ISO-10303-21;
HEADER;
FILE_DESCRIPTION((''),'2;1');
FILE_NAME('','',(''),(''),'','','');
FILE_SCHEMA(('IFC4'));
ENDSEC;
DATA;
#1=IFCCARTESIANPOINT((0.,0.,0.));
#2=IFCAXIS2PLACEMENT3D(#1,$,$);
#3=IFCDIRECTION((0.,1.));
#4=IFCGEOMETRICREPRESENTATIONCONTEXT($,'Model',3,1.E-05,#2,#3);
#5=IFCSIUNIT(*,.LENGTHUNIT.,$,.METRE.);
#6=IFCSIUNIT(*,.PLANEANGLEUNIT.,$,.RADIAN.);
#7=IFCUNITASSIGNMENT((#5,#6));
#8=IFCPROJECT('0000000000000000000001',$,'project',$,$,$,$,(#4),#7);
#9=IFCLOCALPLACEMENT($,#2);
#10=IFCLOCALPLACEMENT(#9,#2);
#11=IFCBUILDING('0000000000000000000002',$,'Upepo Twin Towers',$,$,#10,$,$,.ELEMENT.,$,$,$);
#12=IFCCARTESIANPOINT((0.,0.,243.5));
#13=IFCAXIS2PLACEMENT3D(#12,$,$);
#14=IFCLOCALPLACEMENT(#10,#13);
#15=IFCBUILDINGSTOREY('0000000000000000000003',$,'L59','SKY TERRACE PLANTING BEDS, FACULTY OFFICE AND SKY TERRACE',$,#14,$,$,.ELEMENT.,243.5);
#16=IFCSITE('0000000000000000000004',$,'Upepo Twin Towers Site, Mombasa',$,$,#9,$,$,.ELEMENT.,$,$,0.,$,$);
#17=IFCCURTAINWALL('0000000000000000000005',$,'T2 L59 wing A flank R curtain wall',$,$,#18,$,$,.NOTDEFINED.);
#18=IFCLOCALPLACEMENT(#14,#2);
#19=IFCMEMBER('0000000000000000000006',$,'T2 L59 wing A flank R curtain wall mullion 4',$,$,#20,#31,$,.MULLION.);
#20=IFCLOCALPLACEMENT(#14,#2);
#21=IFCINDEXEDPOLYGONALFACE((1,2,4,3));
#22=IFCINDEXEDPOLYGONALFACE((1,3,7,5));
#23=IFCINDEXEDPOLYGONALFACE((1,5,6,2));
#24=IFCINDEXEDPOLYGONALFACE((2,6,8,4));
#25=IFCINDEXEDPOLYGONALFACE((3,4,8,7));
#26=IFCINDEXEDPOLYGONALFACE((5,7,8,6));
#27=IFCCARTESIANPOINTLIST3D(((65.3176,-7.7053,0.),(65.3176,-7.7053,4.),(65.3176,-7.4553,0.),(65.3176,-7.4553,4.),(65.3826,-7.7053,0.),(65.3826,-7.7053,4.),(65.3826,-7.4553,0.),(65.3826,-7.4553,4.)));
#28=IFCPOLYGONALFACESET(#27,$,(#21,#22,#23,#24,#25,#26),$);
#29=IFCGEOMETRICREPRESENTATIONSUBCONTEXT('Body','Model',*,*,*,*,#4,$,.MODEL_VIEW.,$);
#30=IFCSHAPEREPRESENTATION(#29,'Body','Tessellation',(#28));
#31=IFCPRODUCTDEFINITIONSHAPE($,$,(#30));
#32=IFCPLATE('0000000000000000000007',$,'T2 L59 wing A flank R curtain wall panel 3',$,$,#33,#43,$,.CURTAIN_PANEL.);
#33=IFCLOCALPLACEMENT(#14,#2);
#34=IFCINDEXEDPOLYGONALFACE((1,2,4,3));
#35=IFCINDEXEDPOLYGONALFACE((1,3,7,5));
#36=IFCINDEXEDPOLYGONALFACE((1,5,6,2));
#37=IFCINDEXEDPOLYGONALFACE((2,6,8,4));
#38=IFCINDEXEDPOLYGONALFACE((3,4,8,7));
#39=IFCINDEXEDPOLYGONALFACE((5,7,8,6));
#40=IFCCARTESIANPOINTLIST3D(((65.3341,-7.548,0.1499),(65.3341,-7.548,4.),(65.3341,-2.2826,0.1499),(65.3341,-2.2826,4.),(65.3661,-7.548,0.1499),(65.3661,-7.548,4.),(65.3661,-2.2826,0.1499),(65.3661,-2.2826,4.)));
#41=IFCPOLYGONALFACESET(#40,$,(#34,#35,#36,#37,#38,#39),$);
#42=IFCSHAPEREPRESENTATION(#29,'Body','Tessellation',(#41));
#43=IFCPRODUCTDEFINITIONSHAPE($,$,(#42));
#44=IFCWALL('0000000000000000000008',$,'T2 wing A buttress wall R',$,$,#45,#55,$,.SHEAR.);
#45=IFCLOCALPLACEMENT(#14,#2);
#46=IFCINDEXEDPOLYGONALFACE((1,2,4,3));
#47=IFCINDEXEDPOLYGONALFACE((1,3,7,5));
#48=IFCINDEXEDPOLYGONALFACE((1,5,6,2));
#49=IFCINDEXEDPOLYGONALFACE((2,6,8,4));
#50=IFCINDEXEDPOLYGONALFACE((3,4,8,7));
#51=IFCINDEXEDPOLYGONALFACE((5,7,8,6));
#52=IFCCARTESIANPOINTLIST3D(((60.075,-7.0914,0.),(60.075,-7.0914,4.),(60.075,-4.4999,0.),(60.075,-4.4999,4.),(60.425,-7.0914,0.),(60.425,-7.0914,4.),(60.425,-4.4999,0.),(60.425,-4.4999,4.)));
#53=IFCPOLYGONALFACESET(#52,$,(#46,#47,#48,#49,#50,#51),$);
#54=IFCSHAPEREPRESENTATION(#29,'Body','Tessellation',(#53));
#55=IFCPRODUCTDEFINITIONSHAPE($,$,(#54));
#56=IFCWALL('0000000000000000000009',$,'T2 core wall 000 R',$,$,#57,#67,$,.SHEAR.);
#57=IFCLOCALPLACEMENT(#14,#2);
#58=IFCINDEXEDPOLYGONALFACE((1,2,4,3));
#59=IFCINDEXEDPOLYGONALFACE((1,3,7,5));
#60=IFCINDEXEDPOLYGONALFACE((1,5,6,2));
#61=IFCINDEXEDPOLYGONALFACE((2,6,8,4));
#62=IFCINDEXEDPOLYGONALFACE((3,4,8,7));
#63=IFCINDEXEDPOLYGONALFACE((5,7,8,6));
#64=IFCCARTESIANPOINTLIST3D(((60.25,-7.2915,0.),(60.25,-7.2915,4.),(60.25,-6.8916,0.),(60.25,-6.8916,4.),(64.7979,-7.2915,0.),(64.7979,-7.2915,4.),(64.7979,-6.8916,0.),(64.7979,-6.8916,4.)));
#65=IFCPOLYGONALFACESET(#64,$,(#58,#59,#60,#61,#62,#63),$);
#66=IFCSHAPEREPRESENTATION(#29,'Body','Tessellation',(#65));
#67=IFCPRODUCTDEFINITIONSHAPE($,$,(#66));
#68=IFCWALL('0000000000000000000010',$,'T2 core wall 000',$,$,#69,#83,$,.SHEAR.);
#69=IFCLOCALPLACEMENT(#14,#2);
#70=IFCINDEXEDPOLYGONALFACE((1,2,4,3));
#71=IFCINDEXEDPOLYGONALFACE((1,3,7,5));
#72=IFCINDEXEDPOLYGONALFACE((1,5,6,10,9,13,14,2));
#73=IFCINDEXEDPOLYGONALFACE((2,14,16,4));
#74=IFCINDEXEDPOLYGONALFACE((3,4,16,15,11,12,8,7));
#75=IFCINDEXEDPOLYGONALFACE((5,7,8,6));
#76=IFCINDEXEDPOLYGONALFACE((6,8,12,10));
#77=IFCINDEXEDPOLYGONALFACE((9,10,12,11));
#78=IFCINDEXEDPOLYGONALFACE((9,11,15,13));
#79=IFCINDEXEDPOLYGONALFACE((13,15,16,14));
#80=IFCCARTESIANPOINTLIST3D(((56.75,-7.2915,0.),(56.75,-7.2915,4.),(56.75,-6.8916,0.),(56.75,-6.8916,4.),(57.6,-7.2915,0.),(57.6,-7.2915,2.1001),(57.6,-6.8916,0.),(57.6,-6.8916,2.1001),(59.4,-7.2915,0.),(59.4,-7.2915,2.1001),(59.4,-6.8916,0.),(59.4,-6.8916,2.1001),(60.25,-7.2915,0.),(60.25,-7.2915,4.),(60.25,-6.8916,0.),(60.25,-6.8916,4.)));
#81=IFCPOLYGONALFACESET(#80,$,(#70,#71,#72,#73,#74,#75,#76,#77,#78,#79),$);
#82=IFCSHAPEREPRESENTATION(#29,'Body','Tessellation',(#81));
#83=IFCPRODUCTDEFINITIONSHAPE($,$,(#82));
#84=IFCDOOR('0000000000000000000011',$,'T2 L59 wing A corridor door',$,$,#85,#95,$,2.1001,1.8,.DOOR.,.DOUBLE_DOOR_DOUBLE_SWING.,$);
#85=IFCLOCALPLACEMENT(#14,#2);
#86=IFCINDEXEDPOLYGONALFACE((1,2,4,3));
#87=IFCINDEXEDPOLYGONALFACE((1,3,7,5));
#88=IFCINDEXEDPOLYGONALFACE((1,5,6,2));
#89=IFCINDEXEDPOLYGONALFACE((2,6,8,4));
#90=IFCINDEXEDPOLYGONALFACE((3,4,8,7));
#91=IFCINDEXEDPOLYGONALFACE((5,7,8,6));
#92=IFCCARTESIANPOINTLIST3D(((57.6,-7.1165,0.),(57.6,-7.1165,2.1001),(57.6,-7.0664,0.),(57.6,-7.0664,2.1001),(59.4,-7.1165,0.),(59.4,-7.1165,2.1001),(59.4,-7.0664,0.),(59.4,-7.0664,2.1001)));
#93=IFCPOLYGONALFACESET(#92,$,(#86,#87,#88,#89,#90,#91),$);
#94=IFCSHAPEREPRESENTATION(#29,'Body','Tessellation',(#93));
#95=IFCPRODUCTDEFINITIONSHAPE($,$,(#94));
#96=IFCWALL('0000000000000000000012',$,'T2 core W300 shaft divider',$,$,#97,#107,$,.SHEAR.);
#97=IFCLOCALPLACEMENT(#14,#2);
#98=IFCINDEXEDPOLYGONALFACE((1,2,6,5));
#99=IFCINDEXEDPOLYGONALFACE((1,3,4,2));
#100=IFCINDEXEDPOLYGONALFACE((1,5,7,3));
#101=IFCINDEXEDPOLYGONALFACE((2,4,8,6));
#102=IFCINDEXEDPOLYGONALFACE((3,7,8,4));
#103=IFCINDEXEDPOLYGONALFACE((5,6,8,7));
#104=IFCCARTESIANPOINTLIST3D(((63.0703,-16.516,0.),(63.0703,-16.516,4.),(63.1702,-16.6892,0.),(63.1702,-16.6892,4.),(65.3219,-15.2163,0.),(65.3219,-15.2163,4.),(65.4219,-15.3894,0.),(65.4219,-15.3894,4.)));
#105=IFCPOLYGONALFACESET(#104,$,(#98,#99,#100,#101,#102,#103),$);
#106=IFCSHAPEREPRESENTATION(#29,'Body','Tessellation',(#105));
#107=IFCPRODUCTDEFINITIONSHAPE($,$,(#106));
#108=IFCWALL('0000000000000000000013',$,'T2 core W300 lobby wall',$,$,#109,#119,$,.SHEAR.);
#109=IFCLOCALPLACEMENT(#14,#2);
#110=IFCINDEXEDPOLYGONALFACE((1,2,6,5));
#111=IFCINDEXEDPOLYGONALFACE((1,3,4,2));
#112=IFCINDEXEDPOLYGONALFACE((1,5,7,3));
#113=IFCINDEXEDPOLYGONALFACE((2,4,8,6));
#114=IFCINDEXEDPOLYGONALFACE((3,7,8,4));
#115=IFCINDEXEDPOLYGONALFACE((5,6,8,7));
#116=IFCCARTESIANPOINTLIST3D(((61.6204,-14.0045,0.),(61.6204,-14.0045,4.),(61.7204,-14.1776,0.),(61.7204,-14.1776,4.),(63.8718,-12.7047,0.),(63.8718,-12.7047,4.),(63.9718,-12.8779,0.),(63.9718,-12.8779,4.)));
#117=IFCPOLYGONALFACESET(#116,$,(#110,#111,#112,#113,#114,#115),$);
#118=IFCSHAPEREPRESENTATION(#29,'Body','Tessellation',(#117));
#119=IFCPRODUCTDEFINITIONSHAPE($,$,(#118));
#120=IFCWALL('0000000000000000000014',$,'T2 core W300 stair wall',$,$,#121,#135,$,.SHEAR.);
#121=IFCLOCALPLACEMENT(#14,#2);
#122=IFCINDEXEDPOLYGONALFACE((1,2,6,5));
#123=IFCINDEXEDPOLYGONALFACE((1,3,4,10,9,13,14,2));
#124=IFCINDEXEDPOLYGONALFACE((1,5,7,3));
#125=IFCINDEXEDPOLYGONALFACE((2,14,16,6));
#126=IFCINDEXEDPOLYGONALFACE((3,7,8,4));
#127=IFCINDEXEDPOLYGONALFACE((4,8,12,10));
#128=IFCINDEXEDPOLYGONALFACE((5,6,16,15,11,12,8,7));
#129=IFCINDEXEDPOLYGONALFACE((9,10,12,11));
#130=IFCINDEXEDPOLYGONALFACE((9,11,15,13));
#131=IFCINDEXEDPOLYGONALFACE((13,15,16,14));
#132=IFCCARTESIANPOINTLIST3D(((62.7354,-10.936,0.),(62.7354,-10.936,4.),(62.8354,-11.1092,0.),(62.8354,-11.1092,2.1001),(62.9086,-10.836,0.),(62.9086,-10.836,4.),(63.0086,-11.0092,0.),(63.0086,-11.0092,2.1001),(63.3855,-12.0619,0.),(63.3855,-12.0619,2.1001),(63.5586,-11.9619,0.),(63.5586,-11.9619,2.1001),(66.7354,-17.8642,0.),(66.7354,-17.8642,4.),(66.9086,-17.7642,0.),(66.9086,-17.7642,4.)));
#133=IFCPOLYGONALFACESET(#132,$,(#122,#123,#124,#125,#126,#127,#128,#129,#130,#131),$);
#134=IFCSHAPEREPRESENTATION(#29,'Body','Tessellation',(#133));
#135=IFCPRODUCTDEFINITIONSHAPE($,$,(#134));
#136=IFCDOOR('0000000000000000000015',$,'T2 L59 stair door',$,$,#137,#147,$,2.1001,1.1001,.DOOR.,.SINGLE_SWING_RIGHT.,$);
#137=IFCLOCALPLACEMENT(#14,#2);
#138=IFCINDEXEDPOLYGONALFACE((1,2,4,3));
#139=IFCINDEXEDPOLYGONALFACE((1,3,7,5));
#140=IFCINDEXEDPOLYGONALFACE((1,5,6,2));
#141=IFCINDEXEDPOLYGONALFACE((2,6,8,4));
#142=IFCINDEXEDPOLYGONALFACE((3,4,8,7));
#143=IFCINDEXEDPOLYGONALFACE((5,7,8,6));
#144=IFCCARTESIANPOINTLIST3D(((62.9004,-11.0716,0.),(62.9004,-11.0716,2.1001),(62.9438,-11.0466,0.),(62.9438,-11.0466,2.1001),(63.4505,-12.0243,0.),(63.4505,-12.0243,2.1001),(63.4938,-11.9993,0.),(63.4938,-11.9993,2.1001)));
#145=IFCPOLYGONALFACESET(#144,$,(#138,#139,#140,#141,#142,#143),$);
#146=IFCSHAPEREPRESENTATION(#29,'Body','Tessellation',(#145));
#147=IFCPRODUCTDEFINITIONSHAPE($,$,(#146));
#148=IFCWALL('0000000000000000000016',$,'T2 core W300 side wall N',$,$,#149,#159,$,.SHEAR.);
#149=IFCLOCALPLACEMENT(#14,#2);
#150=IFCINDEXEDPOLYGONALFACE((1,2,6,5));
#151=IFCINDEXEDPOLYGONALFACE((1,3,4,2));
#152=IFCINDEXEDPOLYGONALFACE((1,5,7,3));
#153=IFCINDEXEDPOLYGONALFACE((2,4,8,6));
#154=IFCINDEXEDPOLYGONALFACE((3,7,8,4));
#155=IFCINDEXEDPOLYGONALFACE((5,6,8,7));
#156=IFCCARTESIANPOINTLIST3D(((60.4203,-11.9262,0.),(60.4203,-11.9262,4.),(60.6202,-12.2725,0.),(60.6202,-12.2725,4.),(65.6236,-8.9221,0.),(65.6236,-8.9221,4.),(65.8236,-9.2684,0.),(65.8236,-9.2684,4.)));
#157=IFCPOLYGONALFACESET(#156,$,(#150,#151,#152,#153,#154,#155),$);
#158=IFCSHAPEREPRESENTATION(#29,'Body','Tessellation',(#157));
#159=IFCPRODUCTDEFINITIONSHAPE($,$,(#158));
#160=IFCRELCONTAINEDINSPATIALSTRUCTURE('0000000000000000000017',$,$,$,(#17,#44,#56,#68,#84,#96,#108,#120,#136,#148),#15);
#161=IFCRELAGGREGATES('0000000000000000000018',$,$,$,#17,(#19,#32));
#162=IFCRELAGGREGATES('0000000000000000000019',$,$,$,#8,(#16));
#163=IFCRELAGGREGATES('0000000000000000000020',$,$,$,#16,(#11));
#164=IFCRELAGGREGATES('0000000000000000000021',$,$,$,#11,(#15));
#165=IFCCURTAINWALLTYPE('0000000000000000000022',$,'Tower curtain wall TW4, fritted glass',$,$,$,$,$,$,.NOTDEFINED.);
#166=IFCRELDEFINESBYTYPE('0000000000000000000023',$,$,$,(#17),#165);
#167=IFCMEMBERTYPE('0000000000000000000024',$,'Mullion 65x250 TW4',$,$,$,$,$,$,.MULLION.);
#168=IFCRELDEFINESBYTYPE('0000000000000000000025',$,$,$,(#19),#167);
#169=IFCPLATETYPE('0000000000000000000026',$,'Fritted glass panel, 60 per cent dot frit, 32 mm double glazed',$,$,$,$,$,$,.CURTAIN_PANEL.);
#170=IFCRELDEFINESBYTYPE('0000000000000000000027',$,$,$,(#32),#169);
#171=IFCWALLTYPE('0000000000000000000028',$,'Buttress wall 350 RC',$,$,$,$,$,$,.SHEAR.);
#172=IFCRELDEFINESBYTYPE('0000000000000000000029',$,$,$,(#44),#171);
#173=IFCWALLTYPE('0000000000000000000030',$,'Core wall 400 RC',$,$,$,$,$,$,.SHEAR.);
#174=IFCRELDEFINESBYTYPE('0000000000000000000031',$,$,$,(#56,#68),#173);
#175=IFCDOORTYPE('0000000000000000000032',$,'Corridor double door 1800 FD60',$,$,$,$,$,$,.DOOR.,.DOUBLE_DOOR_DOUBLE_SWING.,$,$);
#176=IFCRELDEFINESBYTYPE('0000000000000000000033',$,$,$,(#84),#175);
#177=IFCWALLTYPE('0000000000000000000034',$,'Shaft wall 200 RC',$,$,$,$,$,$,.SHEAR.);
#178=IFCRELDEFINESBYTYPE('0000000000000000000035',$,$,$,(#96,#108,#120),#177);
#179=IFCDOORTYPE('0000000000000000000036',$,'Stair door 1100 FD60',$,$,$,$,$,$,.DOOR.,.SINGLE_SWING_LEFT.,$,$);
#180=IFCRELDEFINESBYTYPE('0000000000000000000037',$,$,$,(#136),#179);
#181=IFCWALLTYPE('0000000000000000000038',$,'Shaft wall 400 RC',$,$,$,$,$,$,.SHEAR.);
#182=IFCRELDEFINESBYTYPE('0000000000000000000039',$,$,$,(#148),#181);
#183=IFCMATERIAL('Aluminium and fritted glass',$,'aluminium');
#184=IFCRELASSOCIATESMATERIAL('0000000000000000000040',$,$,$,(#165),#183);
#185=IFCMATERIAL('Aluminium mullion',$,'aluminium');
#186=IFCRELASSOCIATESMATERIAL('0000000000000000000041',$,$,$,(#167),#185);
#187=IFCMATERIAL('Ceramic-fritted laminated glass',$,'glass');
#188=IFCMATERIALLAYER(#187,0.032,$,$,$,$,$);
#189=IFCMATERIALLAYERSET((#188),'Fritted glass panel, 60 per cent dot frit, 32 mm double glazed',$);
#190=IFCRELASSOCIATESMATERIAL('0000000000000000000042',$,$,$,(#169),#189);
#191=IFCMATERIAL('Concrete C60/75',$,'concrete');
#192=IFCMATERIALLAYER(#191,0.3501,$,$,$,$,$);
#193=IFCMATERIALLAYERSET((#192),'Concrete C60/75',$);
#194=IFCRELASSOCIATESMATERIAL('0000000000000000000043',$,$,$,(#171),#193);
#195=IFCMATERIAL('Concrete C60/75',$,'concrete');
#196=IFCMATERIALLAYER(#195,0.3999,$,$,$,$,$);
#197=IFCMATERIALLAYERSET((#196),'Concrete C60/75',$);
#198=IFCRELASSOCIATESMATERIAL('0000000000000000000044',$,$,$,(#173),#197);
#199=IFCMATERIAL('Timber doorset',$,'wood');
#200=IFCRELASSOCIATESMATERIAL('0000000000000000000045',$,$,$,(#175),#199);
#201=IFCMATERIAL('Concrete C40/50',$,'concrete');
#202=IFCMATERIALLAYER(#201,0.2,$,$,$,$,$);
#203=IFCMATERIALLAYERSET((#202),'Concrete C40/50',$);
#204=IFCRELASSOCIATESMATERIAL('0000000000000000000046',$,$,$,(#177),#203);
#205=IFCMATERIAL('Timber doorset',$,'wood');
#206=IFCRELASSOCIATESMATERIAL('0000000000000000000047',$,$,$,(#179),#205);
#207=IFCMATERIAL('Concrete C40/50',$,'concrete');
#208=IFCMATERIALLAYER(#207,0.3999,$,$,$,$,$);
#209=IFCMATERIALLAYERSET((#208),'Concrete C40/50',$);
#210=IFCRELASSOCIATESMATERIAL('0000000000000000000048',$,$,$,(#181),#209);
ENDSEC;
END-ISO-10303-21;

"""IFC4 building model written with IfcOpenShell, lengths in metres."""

from ifc_helpers import new_model, si_unit, direction, frame, frame_2d, origin, origin_2d, place, context, subcontext, project, spatial, rectangle, extrude, material, layer, layer_set, material_profile, profile_set, type_object, element, fill, aggregate, save


model = new_model("IFC4")

# Units and contexts
model_context = context("Model", 3, precision=1e-05, world=origin(), true_north=direction((0.0, 1.0)))
body_context = subcontext(model_context, "Body", "Model", "MODEL_VIEW")
ifc_project = project(units=[si_unit("LENGTHUNIT", "METRE"), si_unit("PLANEANGLEUNIT", "RADIAN")], contexts=[model_context])

# Site, building, storey
site_placement = place(None, origin())
site = spatial("IfcSite", under=ifc_project, at=site_placement, Name="Upepo Twin Towers Site, Mombasa", CompositionType="ELEMENT", RefElevation=0.0)
building_placement = place(site_placement, origin())
building = spatial("IfcBuilding", under=site, at=building_placement, Name="Upepo Twin Towers", CompositionType="ELEMENT")
storey_placement = place(building_placement, frame((0.0, 0.0, 243.5)))
storey = spatial("IfcBuildingStorey", under=building, at=storey_placement, Name="L59", Description="SKY TERRACE PLANTING BEDS, FACULTY OFFICE AND SKY TERRACE", CompositionType="ELEMENT", Elevation=243.5)

# Curtain wall, member, plate
ifc_material_1 = material(Name="Aluminium and fritted glass", Category="aluminium")
curtain_wall_type = type_object("IfcCurtainWallType", Name="Tower curtain wall TW4, fritted glass", PredefinedType="NOTDEFINED", material=ifc_material_1)
curtain_wall_placement = place(storey_placement, origin())
curtain_wall = element("IfcCurtainWall", 1, at=curtain_wall_placement, inside=storey, type_object=curtain_wall_type, Name="T2 L59 wing A flank R curtain wall", PredefinedType="NOTDEFINED")
ifc_material_2 = material(Name="Aluminium mullion", Category="aluminium")
ifc_material_profile = material_profile(ifc_material_2, rectangle(XDim=0.0649, YDim=0.25, at=origin_2d()), Name="MULLION 65x250")
ifc_profile_set = profile_set([ifc_material_profile], Name="Aluminium mullion")
member_type = type_object("IfcMemberType", Name="Mullion 65x250 TW4", PredefinedType="MULLION", material=ifc_profile_set)
member_placement = place(storey_placement, frame((65.3501, -7.5803, 0.0), z_axis=(0.0, 0.0, 1.0), x_axis=(1.0, 0.0, 0.0)))
member = element("IfcMember", 2, at=member_placement, type_object=member_type, Name="T2 L59 wing A flank R curtain wall mullion 4", PredefinedType="MULLION", context=body_context, shape_type="SweptSolid", body=[
    extrude(rectangle(XDim=0.0649, YDim=0.25, at=origin_2d()), origin(), (0.0, 0.0, 1.0), 4.0),
])
ifc_material_3 = material(Name="Ceramic-fritted laminated glass", Category="glass")
ifc_layer_1 = layer(ifc_material_3, 0.032)
ifc_layer_set_1 = layer_set([ifc_layer_1], Name="Fritted glass panel, 60 per cent dot frit, 32 mm double glazed")
plate_type = type_object("IfcPlateType", Name="Fritted glass panel, 60 per cent dot frit, 32 mm double glazed", PredefinedType="CURTAIN_PANEL", material=ifc_layer_set_1)
plate_placement = place(storey_placement, frame((65.3501, -4.9153, 0.1499), z_axis=(0.0, 0.0, 1.0), x_axis=(0.0, -1.0, 0.0)))
plate = element("IfcPlate", 3, at=plate_placement, type_object=plate_type, Name="T2 L59 wing A flank R curtain wall panel 3", PredefinedType="CURTAIN_PANEL", context=body_context, shape_type="SweptSolid", body=[
    extrude(rectangle(XDim=5.2654, YDim=0.032, at=origin_2d()), origin(), (0.0, 0.0, 1.0), 3.8501),
])
aggregate(curtain_wall, [member, plate])

# Walls
ifc_material_4 = material(Name="Concrete C60/75", Category="concrete")
ifc_layer_2 = layer(ifc_material_4, 0.3501)
ifc_layer_set_2 = layer_set([ifc_layer_2], Name="Concrete C60/75")
wall_type_1 = type_object("IfcWallType", Name="Buttress wall 350 RC", PredefinedType="SHEAR", material=ifc_layer_set_2)
wall_1_placement = place(storey_placement, frame((60.25, -7.0916, 0.0), z_axis=(0.0, 0.0, 1.0), x_axis=(0.0, 1.0, 0.0)))
element("IfcWall", 4, at=wall_1_placement, inside=storey, type_object=wall_type_1, Name="T2 wing A buttress wall R", PredefinedType="SHEAR", context=body_context, shape_type="SweptSolid", body=[
    extrude(rectangle(XDim=2.5916, YDim=0.3501, at=frame_2d((1.2959, 0.0))), origin(), (0.0, 0.0, 1.0), 4.0),
])
ifc_material_5 = material(Name="Concrete C60/75", Category="concrete")
ifc_layer_3 = layer(ifc_material_5, 0.3999)
ifc_layer_set_3 = layer_set([ifc_layer_3], Name="Concrete C60/75")
wall_type_2 = type_object("IfcWallType", Name="Core wall 400 RC", PredefinedType="SHEAR", material=ifc_layer_set_3)
wall_2_placement = place(storey_placement, frame((64.7979, -7.0916, 0.0), z_axis=(0.0, 0.0, 1.0), x_axis=(-1.0, 0.0, 0.0)))
element("IfcWall", 5, at=wall_2_placement, inside=storey, type_object=wall_type_2, Name="T2 core wall 000 R", PredefinedType="SHEAR", context=body_context, shape_type="SweptSolid", body=[
    extrude(rectangle(XDim=4.5479, YDim=0.3999, at=frame_2d((2.2739, 0.0))), origin(), (0.0, 0.0, 1.0), 4.0),
])

# Wall, opening, door
wall_3_placement = place(storey_placement, frame((60.25, -7.0916, 0.0), z_axis=(0.0, 0.0, 1.0), x_axis=(-1.0, 0.0, 0.0)))
wall_3 = element("IfcWall", 6, at=wall_3_placement, inside=storey, type_object=wall_type_2, Name="T2 core wall 000", PredefinedType="SHEAR", context=body_context, shape_type="SweptSolid", body=[
    extrude(rectangle(XDim=3.5, YDim=0.3999, at=frame_2d((1.75, 0.0))), origin(), (0.0, 0.0, 1.0), 4.0),
])
opening_1_placement = place(wall_3_placement, frame((0.8501, 0.0, 0.0)))
opening_1 = element("IfcOpeningElement", 7, at=opening_1_placement, cuts=wall_3, PredefinedType="OPENING", context=body_context, shape_type="SweptSolid", body=[
    extrude(rectangle(XDim=1.8, YDim=2.1001, at=frame_2d((0.8999, 1.05))), frame((0.0, 0.21, 0.0), z_axis=(0.0, -1.0, 0.0), x_axis=(1.0, 0.0, 0.0)), (0.0, 0.0, 1.0), 0.4199),
])
ifc_material_6 = material(Name="Timber doorset", Category="wood")
door_type_1 = type_object("IfcDoorType", Name="Corridor double door 1800 FD60", OperationType="DOUBLE_DOOR_DOUBLE_SWING", PredefinedType="DOOR", material=ifc_material_6)
door_1_placement = place(opening_1_placement, origin())
door_1 = element("IfcDoor", 8, at=door_1_placement, inside=storey, type_object=door_type_1, Name="T2 L59 wing A corridor door", OperationType="DOUBLE_DOOR_DOUBLE_SWING", OverallHeight=2.1001, OverallWidth=1.8, PredefinedType="DOOR", context=body_context, shape_type="SweptSolid", body=[
    extrude(rectangle(XDim=1.8, YDim=2.1001, at=frame_2d((0.8999, 1.05))), frame((0.0, 0.0249, 0.0), z_axis=(0.0, -1.0, 0.0), x_axis=(1.0, 0.0, 0.0)), (0.0, 0.0, 1.0), 0.05),
])
fill(opening_1, door_1)

# Walls
ifc_material_7 = material(Name="Concrete C40/50", Category="concrete")
ifc_layer_4 = layer(ifc_material_7, 0.2)
ifc_layer_set_4 = layer_set([ifc_layer_4], Name="Concrete C40/50")
wall_type_3 = type_object("IfcWallType", Name="Shaft wall 200 RC", PredefinedType="SHEAR", material=ifc_layer_set_4)
wall_4_placement = place(storey_placement, frame((63.1204, -16.6025, 0.0), z_axis=(0.0, 0.0, 1.0), x_axis=(0.866062, 0.499937, 0.0)))
element("IfcWall", 9, at=wall_4_placement, inside=storey, type_object=wall_type_3, Name="T2 core W300 shaft divider", PredefinedType="SHEAR", context=body_context, shape_type="SweptSolid", body=[
    extrude(rectangle(XDim=2.5999, YDim=0.2, at=frame_2d((1.2998, 0.0))), origin(), (0.0, 0.0, 1.0), 4.0),
])
wall_5_placement = place(storey_placement, frame((61.6704, -14.0911, 0.0), z_axis=(0.0, 0.0, 1.0), x_axis=(0.866039, 0.499977, 0.0)))
element("IfcWall", 10, at=wall_5_placement, inside=storey, type_object=wall_type_3, Name="T2 core W300 lobby wall", PredefinedType="SHEAR", context=body_context, shape_type="SweptSolid", body=[
    extrude(rectangle(XDim=2.5996, YDim=0.2, at=frame_2d((1.2998, 0.0))), origin(), (0.0, 0.0, 1.0), 4.0),
])

# Wall, opening, door
wall_6_placement = place(storey_placement, frame((66.822, -17.8142, 0.0), z_axis=(0.0, 0.0, 1.0), x_axis=(-0.499999, 0.866026, 0.0)))
wall_6 = element("IfcWall", 11, at=wall_6_placement, inside=storey, type_object=wall_type_3, Name="T2 core W300 stair wall", PredefinedType="SHEAR", context=body_context, shape_type="SweptSolid", body=[
    extrude(rectangle(XDim=8.0, YDim=0.2, at=frame_2d((4.0, 0.0))), origin(), (0.0, 0.0, 1.0), 4.0),
])
opening_2_placement = place(wall_6_placement, frame((6.7, 0.0, 0.0)))
opening_2 = element("IfcOpeningElement", 12, at=opening_2_placement, cuts=wall_6, PredefinedType="OPENING", context=body_context, shape_type="SweptSolid", body=[
    extrude(rectangle(XDim=1.1001, YDim=2.1001, at=frame_2d((0.55, 1.05))), frame((0.0, 0.1099, 0.0), z_axis=(0.0, -1.0, 0.0), x_axis=(1.0, 0.0, 0.0)), (0.0, 0.0, 1.0), 0.22),
])
ifc_material_8 = material(Name="Timber doorset", Category="wood")
door_type_2 = type_object("IfcDoorType", Name="Stair door 1100 FD60", OperationType="SINGLE_SWING_LEFT", PredefinedType="DOOR", material=ifc_material_8)
door_2_placement = place(opening_2_placement, origin())
door_2 = element("IfcDoor", 13, at=door_2_placement, inside=storey, type_object=door_type_2, Name="T2 L59 stair door", OperationType="SINGLE_SWING_RIGHT", OverallHeight=2.1001, OverallWidth=1.1001, PredefinedType="DOOR", context=body_context, shape_type="SweptSolid", body=[
    extrude(rectangle(XDim=1.1001, YDim=2.1001, at=frame_2d((0.55, 1.05))), frame((0.0, 0.0249, 0.0), z_axis=(0.0, -1.0, 0.0), x_axis=(1.0, 0.0, 0.0)), (0.0, 0.0, 1.0), 0.05),
])
fill(opening_2, door_2)

# Wall
ifc_material_9 = material(Name="Concrete C40/50", Category="concrete")
ifc_layer_5 = layer(ifc_material_9, 0.3999)
ifc_layer_set_5 = layer_set([ifc_layer_5], Name="Concrete C40/50")
wall_type_4 = type_object("IfcWallType", Name="Shaft wall 400 RC", PredefinedType="SHEAR", material=ifc_layer_set_5)
wall_7_placement = place(storey_placement, frame((60.5203, -12.0994, 0.0), z_axis=(0.0, 0.0, 1.0), x_axis=(0.866027, 0.499998, 0.0)))
element("IfcWall", 14, at=wall_7_placement, inside=storey, type_object=wall_type_4, Name="T2 core W300 side wall N", PredefinedType="SHEAR", context=body_context, shape_type="SweptSolid", body=[
    extrude(rectangle(XDim=6.0083, YDim=0.3999, at=frame_2d((3.0042, 0.0))), origin(), (0.0, 0.0, 1.0), 4.0),
])

save(model, "model.ifc")
